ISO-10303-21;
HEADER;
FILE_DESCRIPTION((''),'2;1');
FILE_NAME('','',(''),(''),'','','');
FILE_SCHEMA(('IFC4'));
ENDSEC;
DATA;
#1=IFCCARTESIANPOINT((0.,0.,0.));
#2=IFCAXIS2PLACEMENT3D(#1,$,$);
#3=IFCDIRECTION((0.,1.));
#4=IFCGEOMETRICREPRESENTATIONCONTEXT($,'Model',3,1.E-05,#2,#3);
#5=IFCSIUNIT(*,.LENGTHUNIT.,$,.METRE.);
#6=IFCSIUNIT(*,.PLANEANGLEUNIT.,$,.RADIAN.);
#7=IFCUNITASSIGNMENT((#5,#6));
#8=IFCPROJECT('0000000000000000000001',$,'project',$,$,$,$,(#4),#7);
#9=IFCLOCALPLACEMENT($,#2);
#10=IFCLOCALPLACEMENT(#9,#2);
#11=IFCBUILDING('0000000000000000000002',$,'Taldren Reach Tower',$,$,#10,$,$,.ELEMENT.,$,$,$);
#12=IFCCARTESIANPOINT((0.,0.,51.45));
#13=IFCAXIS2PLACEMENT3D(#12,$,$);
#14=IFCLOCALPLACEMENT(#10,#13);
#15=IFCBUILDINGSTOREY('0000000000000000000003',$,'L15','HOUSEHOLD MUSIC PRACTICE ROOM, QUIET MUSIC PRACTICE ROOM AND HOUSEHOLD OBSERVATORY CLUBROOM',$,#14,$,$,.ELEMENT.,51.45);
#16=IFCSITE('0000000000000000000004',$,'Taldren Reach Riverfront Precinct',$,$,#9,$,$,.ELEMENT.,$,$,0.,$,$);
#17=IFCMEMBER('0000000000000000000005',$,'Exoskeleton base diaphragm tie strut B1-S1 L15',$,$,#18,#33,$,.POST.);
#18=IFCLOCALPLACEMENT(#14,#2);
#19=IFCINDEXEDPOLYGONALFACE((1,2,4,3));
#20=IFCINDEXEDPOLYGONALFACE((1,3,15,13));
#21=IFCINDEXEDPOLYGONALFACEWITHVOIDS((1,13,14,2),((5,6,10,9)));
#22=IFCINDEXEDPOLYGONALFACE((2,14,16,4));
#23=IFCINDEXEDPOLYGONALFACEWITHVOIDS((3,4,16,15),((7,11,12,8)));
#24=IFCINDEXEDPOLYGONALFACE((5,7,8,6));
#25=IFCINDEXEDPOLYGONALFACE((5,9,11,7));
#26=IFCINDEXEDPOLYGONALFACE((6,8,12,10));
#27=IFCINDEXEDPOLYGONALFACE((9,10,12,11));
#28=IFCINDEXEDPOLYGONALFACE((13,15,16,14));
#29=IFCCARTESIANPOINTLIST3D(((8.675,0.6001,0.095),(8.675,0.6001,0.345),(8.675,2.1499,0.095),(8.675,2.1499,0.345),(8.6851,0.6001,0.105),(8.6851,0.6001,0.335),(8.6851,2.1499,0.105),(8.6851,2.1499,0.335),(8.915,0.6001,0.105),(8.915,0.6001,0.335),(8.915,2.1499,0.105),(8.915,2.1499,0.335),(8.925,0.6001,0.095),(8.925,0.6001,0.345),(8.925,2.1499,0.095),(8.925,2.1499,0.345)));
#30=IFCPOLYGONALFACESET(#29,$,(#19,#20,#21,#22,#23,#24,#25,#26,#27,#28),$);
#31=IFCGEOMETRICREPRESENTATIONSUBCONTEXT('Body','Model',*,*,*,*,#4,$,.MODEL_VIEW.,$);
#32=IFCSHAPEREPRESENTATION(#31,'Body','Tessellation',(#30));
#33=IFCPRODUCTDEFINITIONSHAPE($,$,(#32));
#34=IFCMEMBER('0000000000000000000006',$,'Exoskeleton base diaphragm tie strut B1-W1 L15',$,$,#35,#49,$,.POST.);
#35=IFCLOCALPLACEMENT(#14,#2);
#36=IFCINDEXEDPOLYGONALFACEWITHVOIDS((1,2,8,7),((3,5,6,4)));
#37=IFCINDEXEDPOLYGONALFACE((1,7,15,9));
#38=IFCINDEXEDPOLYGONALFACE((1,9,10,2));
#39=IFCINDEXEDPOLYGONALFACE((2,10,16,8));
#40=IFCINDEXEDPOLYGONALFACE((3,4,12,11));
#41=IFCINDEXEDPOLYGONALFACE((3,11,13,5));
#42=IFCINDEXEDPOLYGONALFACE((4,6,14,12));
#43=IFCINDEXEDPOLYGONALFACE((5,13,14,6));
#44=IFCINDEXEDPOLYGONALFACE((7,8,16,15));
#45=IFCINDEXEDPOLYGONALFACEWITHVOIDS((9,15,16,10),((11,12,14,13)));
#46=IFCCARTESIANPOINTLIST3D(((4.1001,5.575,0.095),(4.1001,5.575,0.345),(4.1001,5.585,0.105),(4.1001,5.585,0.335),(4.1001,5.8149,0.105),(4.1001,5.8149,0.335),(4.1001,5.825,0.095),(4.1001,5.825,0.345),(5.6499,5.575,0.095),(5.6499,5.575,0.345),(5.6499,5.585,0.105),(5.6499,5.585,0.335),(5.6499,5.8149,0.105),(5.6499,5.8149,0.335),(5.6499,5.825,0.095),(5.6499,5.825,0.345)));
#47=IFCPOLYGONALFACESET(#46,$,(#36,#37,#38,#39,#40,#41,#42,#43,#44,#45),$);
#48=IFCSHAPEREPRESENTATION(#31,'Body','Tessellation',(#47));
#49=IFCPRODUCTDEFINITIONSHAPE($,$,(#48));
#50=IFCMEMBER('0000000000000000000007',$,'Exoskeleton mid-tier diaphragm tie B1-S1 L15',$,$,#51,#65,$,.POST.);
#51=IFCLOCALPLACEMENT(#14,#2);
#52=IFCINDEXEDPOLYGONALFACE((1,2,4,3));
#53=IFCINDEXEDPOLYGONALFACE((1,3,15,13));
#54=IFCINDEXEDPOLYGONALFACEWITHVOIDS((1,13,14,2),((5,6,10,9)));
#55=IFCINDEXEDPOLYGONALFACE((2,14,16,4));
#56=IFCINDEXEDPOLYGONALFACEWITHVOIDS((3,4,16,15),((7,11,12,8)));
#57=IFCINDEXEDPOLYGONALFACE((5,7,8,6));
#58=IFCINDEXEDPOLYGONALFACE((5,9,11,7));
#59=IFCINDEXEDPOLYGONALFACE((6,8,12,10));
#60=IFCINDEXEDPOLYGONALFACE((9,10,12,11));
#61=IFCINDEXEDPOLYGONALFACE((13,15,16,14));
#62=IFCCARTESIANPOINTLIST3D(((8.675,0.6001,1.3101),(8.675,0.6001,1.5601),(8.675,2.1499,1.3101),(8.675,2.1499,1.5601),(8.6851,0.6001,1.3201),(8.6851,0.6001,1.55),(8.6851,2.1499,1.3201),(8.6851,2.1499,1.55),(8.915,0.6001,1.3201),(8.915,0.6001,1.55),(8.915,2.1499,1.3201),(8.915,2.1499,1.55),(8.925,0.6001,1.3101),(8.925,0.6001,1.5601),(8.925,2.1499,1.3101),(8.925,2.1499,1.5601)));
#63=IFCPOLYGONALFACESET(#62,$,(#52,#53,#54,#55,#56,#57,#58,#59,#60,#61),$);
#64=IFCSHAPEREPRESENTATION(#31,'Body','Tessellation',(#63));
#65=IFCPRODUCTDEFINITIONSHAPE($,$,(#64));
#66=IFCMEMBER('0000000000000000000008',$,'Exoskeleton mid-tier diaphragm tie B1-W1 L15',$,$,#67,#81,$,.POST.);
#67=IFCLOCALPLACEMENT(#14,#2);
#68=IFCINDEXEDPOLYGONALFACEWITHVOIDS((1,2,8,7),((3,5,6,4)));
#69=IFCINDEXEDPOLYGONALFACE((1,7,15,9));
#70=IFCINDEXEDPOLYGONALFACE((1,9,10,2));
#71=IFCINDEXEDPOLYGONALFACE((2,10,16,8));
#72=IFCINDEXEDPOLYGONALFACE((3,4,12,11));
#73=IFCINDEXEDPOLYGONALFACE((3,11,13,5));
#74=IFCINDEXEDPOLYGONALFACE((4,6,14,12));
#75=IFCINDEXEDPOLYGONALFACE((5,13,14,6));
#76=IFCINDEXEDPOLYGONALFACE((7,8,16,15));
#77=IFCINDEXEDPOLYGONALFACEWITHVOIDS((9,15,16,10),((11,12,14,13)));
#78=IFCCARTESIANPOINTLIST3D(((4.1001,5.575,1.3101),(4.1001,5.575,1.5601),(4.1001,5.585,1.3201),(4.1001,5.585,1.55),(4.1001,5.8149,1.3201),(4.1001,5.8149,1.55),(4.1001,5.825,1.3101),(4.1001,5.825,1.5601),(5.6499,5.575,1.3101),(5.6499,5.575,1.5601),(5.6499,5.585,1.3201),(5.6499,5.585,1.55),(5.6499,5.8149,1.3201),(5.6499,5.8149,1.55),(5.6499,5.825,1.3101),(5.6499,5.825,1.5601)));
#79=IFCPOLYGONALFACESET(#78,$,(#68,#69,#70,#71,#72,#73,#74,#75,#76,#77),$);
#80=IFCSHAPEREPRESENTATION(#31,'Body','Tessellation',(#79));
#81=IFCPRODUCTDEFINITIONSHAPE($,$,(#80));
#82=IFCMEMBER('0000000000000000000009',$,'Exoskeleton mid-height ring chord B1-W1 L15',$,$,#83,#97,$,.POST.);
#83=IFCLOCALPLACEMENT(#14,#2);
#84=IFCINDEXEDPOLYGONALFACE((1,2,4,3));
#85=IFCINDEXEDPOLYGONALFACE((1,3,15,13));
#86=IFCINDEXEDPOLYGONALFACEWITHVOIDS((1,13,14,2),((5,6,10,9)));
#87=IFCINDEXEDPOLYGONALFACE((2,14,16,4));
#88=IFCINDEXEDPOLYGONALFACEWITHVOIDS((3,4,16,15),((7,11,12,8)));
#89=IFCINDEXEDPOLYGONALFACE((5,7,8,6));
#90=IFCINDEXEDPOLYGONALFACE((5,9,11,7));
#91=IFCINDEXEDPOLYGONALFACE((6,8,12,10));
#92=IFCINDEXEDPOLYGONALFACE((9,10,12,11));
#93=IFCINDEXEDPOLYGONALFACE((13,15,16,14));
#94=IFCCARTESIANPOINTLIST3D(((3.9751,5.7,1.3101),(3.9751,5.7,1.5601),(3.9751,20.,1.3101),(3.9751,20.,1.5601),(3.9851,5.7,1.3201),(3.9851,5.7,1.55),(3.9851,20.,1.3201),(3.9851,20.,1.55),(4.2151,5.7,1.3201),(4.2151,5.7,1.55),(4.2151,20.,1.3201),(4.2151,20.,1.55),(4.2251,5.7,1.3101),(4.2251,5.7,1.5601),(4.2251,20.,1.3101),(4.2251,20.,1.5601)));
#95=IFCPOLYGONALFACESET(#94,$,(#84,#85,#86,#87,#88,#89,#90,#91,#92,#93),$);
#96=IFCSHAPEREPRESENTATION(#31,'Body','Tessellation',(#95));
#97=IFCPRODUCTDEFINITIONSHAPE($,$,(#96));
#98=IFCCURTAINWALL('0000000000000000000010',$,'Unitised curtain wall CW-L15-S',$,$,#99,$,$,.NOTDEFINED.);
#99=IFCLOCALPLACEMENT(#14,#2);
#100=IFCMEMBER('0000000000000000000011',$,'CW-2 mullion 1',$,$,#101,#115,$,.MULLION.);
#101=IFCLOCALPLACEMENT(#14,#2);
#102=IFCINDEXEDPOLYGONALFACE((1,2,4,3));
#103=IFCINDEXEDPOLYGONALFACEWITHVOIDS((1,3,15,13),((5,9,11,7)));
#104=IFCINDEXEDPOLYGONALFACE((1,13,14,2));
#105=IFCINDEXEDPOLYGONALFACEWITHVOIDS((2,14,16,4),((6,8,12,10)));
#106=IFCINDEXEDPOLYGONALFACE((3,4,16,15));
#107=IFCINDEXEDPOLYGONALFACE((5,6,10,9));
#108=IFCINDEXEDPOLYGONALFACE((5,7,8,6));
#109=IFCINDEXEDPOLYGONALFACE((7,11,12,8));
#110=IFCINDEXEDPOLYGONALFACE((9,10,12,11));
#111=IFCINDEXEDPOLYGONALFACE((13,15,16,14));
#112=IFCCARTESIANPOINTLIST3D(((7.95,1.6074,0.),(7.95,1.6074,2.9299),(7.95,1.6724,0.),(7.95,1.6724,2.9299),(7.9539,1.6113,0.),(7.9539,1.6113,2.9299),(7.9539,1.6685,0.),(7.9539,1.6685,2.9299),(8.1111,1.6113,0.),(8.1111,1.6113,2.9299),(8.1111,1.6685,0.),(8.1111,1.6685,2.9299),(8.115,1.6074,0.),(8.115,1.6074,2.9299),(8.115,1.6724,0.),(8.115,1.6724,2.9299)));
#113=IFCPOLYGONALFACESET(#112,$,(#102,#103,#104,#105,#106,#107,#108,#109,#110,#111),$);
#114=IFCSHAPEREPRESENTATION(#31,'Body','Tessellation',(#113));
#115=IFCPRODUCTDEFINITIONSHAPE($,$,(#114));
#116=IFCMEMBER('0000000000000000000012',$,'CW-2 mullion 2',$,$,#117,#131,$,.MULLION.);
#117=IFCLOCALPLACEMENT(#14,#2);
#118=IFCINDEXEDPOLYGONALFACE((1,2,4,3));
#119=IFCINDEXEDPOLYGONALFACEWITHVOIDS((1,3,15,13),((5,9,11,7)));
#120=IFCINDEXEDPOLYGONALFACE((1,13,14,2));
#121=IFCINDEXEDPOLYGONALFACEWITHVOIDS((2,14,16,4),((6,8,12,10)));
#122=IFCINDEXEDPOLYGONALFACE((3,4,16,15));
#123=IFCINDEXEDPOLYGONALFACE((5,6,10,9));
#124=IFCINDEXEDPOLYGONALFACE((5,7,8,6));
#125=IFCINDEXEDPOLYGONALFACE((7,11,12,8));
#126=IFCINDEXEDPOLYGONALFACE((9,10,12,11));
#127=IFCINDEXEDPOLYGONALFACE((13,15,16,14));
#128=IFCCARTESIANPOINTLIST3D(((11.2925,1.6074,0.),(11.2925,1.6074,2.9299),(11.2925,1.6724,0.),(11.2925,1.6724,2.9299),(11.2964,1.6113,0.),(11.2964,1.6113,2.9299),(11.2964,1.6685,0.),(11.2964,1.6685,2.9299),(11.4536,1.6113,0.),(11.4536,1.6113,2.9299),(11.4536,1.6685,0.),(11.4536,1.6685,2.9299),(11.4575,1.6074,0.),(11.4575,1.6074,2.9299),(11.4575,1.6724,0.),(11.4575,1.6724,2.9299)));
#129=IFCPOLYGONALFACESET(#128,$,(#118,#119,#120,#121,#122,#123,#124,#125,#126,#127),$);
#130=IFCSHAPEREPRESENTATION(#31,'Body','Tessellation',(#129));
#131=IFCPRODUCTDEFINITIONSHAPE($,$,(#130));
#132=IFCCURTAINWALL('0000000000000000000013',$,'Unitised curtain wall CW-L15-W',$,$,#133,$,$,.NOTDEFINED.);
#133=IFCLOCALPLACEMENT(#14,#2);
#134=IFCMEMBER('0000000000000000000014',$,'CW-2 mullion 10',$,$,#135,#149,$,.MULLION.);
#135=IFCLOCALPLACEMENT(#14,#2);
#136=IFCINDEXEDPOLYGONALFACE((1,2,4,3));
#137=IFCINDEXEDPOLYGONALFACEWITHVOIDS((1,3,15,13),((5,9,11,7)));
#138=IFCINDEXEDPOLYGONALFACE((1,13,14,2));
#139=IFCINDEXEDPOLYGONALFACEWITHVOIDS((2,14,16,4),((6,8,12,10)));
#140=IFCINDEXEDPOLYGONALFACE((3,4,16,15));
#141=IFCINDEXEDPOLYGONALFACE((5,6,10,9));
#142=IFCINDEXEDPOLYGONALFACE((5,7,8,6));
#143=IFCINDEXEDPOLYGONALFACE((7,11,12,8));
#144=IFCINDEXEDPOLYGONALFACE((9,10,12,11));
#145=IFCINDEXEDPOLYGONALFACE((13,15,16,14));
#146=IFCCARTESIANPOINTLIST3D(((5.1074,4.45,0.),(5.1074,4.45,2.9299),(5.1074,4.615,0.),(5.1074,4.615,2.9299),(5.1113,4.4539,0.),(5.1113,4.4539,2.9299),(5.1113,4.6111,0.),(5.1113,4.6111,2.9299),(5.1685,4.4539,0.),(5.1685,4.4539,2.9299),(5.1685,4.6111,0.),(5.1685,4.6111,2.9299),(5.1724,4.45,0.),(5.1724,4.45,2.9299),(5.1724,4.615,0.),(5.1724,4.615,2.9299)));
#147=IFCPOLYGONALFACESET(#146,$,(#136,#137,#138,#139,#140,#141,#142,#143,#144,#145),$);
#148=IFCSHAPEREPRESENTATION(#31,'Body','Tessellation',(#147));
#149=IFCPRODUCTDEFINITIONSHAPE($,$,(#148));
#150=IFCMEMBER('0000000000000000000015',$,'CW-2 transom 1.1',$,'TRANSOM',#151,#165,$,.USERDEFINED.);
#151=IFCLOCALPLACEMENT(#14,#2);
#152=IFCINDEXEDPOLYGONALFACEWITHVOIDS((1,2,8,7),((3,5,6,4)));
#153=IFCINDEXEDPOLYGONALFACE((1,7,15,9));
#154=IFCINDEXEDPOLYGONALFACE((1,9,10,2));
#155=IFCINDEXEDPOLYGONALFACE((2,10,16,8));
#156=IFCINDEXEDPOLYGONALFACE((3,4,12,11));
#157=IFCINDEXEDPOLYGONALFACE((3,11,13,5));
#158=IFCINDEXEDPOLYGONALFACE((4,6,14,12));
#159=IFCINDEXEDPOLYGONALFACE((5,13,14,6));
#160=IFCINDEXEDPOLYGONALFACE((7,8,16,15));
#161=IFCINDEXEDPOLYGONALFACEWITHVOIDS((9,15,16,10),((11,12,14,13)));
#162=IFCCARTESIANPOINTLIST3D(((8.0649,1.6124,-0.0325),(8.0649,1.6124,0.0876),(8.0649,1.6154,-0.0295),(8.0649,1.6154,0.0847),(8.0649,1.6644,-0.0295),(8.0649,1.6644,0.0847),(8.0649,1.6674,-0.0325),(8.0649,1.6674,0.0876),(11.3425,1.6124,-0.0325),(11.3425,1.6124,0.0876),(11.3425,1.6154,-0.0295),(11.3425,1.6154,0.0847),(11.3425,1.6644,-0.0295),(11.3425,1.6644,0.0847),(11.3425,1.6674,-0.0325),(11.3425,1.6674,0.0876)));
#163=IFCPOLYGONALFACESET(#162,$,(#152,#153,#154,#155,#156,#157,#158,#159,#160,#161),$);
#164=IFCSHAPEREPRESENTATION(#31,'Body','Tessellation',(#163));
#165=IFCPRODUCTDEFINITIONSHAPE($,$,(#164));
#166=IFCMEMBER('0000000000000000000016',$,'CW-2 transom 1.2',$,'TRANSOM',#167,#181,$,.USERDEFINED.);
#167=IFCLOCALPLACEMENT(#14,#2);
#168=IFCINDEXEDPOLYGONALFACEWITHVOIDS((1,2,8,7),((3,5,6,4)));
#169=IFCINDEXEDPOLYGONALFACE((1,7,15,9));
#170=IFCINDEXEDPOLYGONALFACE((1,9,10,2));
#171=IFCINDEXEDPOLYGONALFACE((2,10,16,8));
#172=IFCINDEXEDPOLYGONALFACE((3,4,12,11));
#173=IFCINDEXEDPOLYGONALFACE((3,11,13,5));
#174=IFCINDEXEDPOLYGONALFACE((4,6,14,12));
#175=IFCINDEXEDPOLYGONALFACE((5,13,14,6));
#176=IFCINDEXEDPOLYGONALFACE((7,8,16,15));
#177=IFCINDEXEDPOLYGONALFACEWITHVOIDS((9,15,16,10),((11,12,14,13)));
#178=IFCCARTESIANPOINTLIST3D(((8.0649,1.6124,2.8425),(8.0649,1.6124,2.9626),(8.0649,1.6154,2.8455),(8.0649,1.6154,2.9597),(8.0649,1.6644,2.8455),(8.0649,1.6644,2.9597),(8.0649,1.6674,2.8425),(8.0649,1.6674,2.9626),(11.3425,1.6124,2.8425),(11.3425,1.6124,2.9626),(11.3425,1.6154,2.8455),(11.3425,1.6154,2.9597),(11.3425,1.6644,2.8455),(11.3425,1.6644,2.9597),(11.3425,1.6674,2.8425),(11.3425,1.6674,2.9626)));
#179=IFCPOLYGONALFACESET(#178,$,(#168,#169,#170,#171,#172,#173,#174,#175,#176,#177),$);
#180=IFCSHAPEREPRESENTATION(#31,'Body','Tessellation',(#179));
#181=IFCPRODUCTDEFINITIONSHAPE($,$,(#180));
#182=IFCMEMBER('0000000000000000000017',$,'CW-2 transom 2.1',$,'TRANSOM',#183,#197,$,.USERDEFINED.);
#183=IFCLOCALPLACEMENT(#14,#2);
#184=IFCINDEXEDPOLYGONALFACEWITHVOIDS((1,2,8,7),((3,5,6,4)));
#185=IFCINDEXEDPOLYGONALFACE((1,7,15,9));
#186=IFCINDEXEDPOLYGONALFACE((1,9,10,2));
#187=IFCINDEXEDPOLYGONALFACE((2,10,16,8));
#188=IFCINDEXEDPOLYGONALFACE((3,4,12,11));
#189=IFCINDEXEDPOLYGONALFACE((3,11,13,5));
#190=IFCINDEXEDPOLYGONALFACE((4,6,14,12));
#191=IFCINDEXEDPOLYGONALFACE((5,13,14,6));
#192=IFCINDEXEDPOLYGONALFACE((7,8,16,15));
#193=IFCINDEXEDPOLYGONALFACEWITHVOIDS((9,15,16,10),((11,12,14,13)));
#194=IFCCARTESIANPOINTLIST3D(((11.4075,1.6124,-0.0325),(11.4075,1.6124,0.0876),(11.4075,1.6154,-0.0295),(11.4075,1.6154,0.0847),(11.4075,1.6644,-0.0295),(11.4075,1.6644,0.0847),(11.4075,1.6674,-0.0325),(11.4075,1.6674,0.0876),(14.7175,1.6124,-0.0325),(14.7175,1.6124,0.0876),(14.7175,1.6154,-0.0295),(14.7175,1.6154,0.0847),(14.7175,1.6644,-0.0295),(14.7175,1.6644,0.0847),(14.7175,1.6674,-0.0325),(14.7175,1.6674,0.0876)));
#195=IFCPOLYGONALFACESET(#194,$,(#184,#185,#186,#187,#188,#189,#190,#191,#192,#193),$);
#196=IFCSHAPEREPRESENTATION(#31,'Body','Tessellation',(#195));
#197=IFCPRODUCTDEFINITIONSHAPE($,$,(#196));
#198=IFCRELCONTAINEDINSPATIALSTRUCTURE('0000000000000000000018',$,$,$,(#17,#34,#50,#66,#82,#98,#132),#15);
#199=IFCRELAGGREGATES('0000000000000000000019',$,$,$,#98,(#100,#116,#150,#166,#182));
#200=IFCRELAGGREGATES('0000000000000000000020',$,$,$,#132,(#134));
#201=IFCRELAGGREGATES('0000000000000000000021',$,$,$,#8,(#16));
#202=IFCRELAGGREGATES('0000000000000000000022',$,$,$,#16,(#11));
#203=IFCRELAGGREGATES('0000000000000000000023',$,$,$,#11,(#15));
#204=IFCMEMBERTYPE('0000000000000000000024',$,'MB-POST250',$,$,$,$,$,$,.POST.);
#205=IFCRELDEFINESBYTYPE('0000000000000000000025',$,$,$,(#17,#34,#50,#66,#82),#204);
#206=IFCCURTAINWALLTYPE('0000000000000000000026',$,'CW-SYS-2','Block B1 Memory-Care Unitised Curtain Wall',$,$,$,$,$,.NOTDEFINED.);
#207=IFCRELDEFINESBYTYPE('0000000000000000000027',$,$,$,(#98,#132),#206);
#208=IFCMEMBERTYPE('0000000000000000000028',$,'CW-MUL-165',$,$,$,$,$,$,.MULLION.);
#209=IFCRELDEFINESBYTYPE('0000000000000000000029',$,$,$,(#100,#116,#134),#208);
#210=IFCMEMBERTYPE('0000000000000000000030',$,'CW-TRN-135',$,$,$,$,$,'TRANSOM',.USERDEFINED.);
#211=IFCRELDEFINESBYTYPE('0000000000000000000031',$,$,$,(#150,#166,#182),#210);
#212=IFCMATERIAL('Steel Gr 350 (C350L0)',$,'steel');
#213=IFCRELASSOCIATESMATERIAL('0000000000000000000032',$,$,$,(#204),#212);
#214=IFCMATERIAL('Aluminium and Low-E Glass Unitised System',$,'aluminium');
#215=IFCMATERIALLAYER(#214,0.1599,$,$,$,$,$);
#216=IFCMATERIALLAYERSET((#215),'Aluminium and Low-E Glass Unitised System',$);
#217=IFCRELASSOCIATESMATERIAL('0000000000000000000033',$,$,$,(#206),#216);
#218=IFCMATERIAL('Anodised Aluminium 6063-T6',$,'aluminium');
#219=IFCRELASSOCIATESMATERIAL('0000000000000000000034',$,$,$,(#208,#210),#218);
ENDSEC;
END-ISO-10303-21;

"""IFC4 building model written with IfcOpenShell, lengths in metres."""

from ifc_helpers import new_model, si_unit, direction, frame, origin, origin_2d, place, context, subcontext, project, spatial, hollow_rectangle, extrude, source, transform, mapped, material, layer, layer_set, material_profile, profile_set, type_object, element, aggregate, save


model = new_model("IFC4")

# Units and contexts
model_context = context("Model", 3, precision=1e-05, world=origin(), true_north=direction((0.0, 1.0)))
body_context = subcontext(model_context, "Body", "Model", "MODEL_VIEW")
ifc_project = project(units=[si_unit("LENGTHUNIT", "METRE"), si_unit("PLANEANGLEUNIT", "RADIAN")], contexts=[model_context])

# Site, building, storey
site_placement = place(None, origin())
site = spatial("IfcSite", under=ifc_project, at=site_placement, Name="Taldren Reach Riverfront Precinct", CompositionType="ELEMENT", RefElevation=0.0)
building_placement = place(site_placement, origin())
building = spatial("IfcBuilding", under=site, at=building_placement, Name="Taldren Reach Tower", CompositionType="ELEMENT")
storey_placement = place(building_placement, frame((0.0, 0.0, 51.45)))
storey = spatial("IfcBuildingStorey", under=building, at=storey_placement, Name="L15", Description="HOUSEHOLD MUSIC PRACTICE ROOM, QUIET MUSIC PRACTICE ROOM AND HOUSEHOLD OBSERVATORY CLUBROOM", CompositionType="ELEMENT", Elevation=51.45)

# Members
ifc_material_1 = material(Name="Steel Gr 350 (C350L0)", Category="steel")
ifc_material_profile_1 = material_profile(ifc_material_1, hollow_rectangle(XDim=0.25, YDim=0.25, WallThickness=0.01, at=origin_2d()), Name="250x250x10.0SHS")
ifc_profile_set_1 = profile_set([ifc_material_profile_1], Name="Steel Gr 350 (C350L0)")
member_type_1 = type_object("IfcMemberType", Name="MB-POST250", PredefinedType="POST", material=ifc_profile_set_1)
shared_shape_1 = source(origin(), body_context, "Body", "SweptSolid", [
    extrude(hollow_rectangle(XDim=0.25, YDim=0.25, WallThickness=0.01, at=origin_2d()), origin(), (0.0, 0.0, 1.0), 1.5498),
])
for number, where, z_axis, x_axis, name in (
    (1, (8.8, 2.1499, 0.22), (0.0, -1.0, 0.0), (1.0, 0.0, 0.0), "Exoskeleton base diaphragm tie strut B1-S1 L15"),
    (2, (5.6499, 5.7, 0.22), (-1.0, 0.0, 0.0), (0.0, -1.0, 0.0), "Exoskeleton base diaphragm tie strut B1-W1 L15"),
    (3, (8.8, 2.1499, 1.4351), (0.0, -1.0, 0.0), (1.0, 0.0, 0.0), "Exoskeleton mid-tier diaphragm tie B1-S1 L15"),
    (4, (5.6499, 5.7, 1.4351), (-1.0, 0.0, 0.0), (0.0, -1.0, 0.0), "Exoskeleton mid-tier diaphragm tie B1-W1 L15"),
):
    element("IfcMember", number, at=place(storey_placement, frame(where, z_axis=z_axis, x_axis=x_axis)), inside=storey, type_object=member_type_1, Name=name, PredefinedType="POST", context=body_context, shape_type="MappedRepresentation", body=[
        mapped(shared_shape_1, transform((0.0, 0.0, 0.0), scale=1.0)),
    ])
shared_shape_2 = source(origin(), body_context, "Body", "SweptSolid", [
    extrude(hollow_rectangle(XDim=0.25, YDim=0.25, WallThickness=0.01, at=origin_2d()), origin(), (0.0, 0.0, 1.0), 14.3),
])
member_1_placement = place(storey_placement, frame((4.1001, 5.7, 1.4351), z_axis=(0.0, 1.0, 0.0), x_axis=(-1.0, 0.0, 0.0)))
element("IfcMember", 5, at=member_1_placement, inside=storey, type_object=member_type_1, Name="Exoskeleton mid-height ring chord B1-W1 L15", PredefinedType="POST", context=body_context, shape_type="MappedRepresentation", body=[
    mapped(shared_shape_2, transform((0.0, 0.0, 0.0), scale=1.0)),
])

# Curtain wall, members
ifc_material_2 = material(Name="Aluminium and Low-E Glass Unitised System", Category="aluminium")
ifc_layer_1 = layer(ifc_material_2, 0.1599)
ifc_layer_set_1 = layer_set([ifc_layer_1], Name="Aluminium and Low-E Glass Unitised System")
curtain_wall_type = type_object("IfcCurtainWallType", Name="CW-SYS-2", Description="Block B1 Memory-Care Unitised Curtain Wall", PredefinedType="NOTDEFINED", material=ifc_layer_set_1)
curtain_wall_1_placement = place(storey_placement, origin())
curtain_wall_1 = element("IfcCurtainWall", 6, at=curtain_wall_1_placement, inside=storey, type_object=curtain_wall_type, Name="Unitised curtain wall CW-L15-S", PredefinedType="NOTDEFINED")
ifc_material_3 = material(Name="Anodised Aluminium 6063-T6", Category="aluminium")
ifc_material_profile_2 = material_profile(ifc_material_3, hollow_rectangle(XDim=0.0649, YDim=0.165, WallThickness=0.0039, at=origin_2d()), Name="ALU-165x65x4RHS")
ifc_profile_set_2 = profile_set([ifc_material_profile_2], Name="Anodised Aluminium 6063-T6")
member_type_2 = type_object("IfcMemberType", Name="CW-MUL-165", PredefinedType="MULLION", material=ifc_profile_set_2)
shared_shape_3 = source(origin(), body_context, "Body", "SweptSolid", [
    extrude(hollow_rectangle(XDim=0.0649, YDim=0.165, WallThickness=0.0039, at=origin_2d()), origin(), (0.0, 0.0, 1.0), 2.9299),
])
member_2_placement = place(storey_placement, frame((8.0325, 1.6399, 0.0), z_axis=(0.0, 0.0, 1.0), x_axis=(0.0, 1.0, 0.0)))
member_2 = element("IfcMember", 7, at=member_2_placement, type_object=member_type_2, Name="CW-2 mullion 1", PredefinedType="MULLION", context=body_context, shape_type="MappedRepresentation", body=[
    mapped(shared_shape_3, transform((0.0, 0.0, 0.0), scale=1.0)),
])
member_3_placement = place(storey_placement, frame((11.375, 1.6399, 0.0), z_axis=(0.0, 0.0, 1.0), x_axis=(0.0, 1.0, 0.0)))
member_3 = element("IfcMember", 8, at=member_3_placement, type_object=member_type_2, Name="CW-2 mullion 2", PredefinedType="MULLION", context=body_context, shape_type="MappedRepresentation", body=[
    mapped(shared_shape_3, transform((0.0, 0.0, 0.0), scale=1.0)),
])

# Curtain wall, member
curtain_wall_2_placement = place(storey_placement, origin())
curtain_wall_2 = element("IfcCurtainWall", 9, at=curtain_wall_2_placement, inside=storey, type_object=curtain_wall_type, Name="Unitised curtain wall CW-L15-W", PredefinedType="NOTDEFINED")
member_4_placement = place(storey_placement, frame((5.1399, 4.5325, 0.0), z_axis=(0.0, 0.0, 1.0), x_axis=(1.0, 0.0, 0.0)))
member_4 = element("IfcMember", 10, at=member_4_placement, type_object=member_type_2, Name="CW-2 mullion 10", PredefinedType="MULLION", context=body_context, shape_type="MappedRepresentation", body=[
    mapped(shared_shape_3, transform((0.0, 0.0, 0.0), scale=1.0)),
])

# Members
ifc_material_profile_3 = material_profile(ifc_material_3, hollow_rectangle(XDim=0.0549, YDim=0.1201, WallThickness=0.0029, at=origin_2d()), Name="ALU-120x55x3RHS")
ifc_profile_set_3 = profile_set([ifc_material_profile_3], Name="Anodised Aluminium 6063-T6")
member_type_3 = type_object("IfcMemberType", Name="CW-TRN-135", ElementType="TRANSOM", PredefinedType="USERDEFINED", material=ifc_profile_set_3)
shared_shape_4 = source(origin(), body_context, "Body", "SweptSolid", [
    extrude(hollow_rectangle(XDim=0.0549, YDim=0.1201, WallThickness=0.0029, at=origin_2d()), origin(), (0.0, 0.0, 1.0), 3.2776),
])
member_5_placement = place(storey_placement, frame((8.0649, 1.6399, 0.0276), z_axis=(1.0, 0.0, 0.0), x_axis=(0.0, 1.0, 0.0)))
member_5 = element("IfcMember", 11, at=member_5_placement, type_object=member_type_3, Name="CW-2 transom 1.1", ObjectType="TRANSOM", PredefinedType="USERDEFINED", context=body_context, shape_type="MappedRepresentation", body=[
    mapped(shared_shape_4, transform((0.0, 0.0, 0.0), scale=1.0)),
])
member_6_placement = place(storey_placement, frame((8.0649, 1.6399, 2.9026), z_axis=(1.0, 0.0, 0.0), x_axis=(0.0, 1.0, 0.0)))
member_6 = element("IfcMember", 12, at=member_6_placement, type_object=member_type_3, Name="CW-2 transom 1.2", ObjectType="TRANSOM", PredefinedType="USERDEFINED", context=body_context, shape_type="MappedRepresentation", body=[
    mapped(shared_shape_4, transform((0.0, 0.0, 0.0), scale=1.0)),
])
shared_shape_5 = source(origin(), body_context, "Body", "SweptSolid", [
    extrude(hollow_rectangle(XDim=0.0549, YDim=0.1201, WallThickness=0.0029, at=origin_2d()), origin(), (0.0, 0.0, 1.0), 3.3101),
])
member_7_placement = place(storey_placement, frame((11.4075, 1.6399, 0.0276), z_axis=(1.0, 0.0, 0.0), x_axis=(0.0, 1.0, 0.0)))
member_7 = element("IfcMember", 13, at=member_7_placement, type_object=member_type_3, Name="CW-2 transom 2.1", ObjectType="TRANSOM", PredefinedType="USERDEFINED", context=body_context, shape_type="MappedRepresentation", body=[
    mapped(shared_shape_5, transform((0.0, 0.0, 0.0), scale=1.0)),
])

aggregate(curtain_wall_1, [member_2, member_3, member_5, member_6, member_7])
aggregate(curtain_wall_2, [member_4])

save(model, "model.ifc")
